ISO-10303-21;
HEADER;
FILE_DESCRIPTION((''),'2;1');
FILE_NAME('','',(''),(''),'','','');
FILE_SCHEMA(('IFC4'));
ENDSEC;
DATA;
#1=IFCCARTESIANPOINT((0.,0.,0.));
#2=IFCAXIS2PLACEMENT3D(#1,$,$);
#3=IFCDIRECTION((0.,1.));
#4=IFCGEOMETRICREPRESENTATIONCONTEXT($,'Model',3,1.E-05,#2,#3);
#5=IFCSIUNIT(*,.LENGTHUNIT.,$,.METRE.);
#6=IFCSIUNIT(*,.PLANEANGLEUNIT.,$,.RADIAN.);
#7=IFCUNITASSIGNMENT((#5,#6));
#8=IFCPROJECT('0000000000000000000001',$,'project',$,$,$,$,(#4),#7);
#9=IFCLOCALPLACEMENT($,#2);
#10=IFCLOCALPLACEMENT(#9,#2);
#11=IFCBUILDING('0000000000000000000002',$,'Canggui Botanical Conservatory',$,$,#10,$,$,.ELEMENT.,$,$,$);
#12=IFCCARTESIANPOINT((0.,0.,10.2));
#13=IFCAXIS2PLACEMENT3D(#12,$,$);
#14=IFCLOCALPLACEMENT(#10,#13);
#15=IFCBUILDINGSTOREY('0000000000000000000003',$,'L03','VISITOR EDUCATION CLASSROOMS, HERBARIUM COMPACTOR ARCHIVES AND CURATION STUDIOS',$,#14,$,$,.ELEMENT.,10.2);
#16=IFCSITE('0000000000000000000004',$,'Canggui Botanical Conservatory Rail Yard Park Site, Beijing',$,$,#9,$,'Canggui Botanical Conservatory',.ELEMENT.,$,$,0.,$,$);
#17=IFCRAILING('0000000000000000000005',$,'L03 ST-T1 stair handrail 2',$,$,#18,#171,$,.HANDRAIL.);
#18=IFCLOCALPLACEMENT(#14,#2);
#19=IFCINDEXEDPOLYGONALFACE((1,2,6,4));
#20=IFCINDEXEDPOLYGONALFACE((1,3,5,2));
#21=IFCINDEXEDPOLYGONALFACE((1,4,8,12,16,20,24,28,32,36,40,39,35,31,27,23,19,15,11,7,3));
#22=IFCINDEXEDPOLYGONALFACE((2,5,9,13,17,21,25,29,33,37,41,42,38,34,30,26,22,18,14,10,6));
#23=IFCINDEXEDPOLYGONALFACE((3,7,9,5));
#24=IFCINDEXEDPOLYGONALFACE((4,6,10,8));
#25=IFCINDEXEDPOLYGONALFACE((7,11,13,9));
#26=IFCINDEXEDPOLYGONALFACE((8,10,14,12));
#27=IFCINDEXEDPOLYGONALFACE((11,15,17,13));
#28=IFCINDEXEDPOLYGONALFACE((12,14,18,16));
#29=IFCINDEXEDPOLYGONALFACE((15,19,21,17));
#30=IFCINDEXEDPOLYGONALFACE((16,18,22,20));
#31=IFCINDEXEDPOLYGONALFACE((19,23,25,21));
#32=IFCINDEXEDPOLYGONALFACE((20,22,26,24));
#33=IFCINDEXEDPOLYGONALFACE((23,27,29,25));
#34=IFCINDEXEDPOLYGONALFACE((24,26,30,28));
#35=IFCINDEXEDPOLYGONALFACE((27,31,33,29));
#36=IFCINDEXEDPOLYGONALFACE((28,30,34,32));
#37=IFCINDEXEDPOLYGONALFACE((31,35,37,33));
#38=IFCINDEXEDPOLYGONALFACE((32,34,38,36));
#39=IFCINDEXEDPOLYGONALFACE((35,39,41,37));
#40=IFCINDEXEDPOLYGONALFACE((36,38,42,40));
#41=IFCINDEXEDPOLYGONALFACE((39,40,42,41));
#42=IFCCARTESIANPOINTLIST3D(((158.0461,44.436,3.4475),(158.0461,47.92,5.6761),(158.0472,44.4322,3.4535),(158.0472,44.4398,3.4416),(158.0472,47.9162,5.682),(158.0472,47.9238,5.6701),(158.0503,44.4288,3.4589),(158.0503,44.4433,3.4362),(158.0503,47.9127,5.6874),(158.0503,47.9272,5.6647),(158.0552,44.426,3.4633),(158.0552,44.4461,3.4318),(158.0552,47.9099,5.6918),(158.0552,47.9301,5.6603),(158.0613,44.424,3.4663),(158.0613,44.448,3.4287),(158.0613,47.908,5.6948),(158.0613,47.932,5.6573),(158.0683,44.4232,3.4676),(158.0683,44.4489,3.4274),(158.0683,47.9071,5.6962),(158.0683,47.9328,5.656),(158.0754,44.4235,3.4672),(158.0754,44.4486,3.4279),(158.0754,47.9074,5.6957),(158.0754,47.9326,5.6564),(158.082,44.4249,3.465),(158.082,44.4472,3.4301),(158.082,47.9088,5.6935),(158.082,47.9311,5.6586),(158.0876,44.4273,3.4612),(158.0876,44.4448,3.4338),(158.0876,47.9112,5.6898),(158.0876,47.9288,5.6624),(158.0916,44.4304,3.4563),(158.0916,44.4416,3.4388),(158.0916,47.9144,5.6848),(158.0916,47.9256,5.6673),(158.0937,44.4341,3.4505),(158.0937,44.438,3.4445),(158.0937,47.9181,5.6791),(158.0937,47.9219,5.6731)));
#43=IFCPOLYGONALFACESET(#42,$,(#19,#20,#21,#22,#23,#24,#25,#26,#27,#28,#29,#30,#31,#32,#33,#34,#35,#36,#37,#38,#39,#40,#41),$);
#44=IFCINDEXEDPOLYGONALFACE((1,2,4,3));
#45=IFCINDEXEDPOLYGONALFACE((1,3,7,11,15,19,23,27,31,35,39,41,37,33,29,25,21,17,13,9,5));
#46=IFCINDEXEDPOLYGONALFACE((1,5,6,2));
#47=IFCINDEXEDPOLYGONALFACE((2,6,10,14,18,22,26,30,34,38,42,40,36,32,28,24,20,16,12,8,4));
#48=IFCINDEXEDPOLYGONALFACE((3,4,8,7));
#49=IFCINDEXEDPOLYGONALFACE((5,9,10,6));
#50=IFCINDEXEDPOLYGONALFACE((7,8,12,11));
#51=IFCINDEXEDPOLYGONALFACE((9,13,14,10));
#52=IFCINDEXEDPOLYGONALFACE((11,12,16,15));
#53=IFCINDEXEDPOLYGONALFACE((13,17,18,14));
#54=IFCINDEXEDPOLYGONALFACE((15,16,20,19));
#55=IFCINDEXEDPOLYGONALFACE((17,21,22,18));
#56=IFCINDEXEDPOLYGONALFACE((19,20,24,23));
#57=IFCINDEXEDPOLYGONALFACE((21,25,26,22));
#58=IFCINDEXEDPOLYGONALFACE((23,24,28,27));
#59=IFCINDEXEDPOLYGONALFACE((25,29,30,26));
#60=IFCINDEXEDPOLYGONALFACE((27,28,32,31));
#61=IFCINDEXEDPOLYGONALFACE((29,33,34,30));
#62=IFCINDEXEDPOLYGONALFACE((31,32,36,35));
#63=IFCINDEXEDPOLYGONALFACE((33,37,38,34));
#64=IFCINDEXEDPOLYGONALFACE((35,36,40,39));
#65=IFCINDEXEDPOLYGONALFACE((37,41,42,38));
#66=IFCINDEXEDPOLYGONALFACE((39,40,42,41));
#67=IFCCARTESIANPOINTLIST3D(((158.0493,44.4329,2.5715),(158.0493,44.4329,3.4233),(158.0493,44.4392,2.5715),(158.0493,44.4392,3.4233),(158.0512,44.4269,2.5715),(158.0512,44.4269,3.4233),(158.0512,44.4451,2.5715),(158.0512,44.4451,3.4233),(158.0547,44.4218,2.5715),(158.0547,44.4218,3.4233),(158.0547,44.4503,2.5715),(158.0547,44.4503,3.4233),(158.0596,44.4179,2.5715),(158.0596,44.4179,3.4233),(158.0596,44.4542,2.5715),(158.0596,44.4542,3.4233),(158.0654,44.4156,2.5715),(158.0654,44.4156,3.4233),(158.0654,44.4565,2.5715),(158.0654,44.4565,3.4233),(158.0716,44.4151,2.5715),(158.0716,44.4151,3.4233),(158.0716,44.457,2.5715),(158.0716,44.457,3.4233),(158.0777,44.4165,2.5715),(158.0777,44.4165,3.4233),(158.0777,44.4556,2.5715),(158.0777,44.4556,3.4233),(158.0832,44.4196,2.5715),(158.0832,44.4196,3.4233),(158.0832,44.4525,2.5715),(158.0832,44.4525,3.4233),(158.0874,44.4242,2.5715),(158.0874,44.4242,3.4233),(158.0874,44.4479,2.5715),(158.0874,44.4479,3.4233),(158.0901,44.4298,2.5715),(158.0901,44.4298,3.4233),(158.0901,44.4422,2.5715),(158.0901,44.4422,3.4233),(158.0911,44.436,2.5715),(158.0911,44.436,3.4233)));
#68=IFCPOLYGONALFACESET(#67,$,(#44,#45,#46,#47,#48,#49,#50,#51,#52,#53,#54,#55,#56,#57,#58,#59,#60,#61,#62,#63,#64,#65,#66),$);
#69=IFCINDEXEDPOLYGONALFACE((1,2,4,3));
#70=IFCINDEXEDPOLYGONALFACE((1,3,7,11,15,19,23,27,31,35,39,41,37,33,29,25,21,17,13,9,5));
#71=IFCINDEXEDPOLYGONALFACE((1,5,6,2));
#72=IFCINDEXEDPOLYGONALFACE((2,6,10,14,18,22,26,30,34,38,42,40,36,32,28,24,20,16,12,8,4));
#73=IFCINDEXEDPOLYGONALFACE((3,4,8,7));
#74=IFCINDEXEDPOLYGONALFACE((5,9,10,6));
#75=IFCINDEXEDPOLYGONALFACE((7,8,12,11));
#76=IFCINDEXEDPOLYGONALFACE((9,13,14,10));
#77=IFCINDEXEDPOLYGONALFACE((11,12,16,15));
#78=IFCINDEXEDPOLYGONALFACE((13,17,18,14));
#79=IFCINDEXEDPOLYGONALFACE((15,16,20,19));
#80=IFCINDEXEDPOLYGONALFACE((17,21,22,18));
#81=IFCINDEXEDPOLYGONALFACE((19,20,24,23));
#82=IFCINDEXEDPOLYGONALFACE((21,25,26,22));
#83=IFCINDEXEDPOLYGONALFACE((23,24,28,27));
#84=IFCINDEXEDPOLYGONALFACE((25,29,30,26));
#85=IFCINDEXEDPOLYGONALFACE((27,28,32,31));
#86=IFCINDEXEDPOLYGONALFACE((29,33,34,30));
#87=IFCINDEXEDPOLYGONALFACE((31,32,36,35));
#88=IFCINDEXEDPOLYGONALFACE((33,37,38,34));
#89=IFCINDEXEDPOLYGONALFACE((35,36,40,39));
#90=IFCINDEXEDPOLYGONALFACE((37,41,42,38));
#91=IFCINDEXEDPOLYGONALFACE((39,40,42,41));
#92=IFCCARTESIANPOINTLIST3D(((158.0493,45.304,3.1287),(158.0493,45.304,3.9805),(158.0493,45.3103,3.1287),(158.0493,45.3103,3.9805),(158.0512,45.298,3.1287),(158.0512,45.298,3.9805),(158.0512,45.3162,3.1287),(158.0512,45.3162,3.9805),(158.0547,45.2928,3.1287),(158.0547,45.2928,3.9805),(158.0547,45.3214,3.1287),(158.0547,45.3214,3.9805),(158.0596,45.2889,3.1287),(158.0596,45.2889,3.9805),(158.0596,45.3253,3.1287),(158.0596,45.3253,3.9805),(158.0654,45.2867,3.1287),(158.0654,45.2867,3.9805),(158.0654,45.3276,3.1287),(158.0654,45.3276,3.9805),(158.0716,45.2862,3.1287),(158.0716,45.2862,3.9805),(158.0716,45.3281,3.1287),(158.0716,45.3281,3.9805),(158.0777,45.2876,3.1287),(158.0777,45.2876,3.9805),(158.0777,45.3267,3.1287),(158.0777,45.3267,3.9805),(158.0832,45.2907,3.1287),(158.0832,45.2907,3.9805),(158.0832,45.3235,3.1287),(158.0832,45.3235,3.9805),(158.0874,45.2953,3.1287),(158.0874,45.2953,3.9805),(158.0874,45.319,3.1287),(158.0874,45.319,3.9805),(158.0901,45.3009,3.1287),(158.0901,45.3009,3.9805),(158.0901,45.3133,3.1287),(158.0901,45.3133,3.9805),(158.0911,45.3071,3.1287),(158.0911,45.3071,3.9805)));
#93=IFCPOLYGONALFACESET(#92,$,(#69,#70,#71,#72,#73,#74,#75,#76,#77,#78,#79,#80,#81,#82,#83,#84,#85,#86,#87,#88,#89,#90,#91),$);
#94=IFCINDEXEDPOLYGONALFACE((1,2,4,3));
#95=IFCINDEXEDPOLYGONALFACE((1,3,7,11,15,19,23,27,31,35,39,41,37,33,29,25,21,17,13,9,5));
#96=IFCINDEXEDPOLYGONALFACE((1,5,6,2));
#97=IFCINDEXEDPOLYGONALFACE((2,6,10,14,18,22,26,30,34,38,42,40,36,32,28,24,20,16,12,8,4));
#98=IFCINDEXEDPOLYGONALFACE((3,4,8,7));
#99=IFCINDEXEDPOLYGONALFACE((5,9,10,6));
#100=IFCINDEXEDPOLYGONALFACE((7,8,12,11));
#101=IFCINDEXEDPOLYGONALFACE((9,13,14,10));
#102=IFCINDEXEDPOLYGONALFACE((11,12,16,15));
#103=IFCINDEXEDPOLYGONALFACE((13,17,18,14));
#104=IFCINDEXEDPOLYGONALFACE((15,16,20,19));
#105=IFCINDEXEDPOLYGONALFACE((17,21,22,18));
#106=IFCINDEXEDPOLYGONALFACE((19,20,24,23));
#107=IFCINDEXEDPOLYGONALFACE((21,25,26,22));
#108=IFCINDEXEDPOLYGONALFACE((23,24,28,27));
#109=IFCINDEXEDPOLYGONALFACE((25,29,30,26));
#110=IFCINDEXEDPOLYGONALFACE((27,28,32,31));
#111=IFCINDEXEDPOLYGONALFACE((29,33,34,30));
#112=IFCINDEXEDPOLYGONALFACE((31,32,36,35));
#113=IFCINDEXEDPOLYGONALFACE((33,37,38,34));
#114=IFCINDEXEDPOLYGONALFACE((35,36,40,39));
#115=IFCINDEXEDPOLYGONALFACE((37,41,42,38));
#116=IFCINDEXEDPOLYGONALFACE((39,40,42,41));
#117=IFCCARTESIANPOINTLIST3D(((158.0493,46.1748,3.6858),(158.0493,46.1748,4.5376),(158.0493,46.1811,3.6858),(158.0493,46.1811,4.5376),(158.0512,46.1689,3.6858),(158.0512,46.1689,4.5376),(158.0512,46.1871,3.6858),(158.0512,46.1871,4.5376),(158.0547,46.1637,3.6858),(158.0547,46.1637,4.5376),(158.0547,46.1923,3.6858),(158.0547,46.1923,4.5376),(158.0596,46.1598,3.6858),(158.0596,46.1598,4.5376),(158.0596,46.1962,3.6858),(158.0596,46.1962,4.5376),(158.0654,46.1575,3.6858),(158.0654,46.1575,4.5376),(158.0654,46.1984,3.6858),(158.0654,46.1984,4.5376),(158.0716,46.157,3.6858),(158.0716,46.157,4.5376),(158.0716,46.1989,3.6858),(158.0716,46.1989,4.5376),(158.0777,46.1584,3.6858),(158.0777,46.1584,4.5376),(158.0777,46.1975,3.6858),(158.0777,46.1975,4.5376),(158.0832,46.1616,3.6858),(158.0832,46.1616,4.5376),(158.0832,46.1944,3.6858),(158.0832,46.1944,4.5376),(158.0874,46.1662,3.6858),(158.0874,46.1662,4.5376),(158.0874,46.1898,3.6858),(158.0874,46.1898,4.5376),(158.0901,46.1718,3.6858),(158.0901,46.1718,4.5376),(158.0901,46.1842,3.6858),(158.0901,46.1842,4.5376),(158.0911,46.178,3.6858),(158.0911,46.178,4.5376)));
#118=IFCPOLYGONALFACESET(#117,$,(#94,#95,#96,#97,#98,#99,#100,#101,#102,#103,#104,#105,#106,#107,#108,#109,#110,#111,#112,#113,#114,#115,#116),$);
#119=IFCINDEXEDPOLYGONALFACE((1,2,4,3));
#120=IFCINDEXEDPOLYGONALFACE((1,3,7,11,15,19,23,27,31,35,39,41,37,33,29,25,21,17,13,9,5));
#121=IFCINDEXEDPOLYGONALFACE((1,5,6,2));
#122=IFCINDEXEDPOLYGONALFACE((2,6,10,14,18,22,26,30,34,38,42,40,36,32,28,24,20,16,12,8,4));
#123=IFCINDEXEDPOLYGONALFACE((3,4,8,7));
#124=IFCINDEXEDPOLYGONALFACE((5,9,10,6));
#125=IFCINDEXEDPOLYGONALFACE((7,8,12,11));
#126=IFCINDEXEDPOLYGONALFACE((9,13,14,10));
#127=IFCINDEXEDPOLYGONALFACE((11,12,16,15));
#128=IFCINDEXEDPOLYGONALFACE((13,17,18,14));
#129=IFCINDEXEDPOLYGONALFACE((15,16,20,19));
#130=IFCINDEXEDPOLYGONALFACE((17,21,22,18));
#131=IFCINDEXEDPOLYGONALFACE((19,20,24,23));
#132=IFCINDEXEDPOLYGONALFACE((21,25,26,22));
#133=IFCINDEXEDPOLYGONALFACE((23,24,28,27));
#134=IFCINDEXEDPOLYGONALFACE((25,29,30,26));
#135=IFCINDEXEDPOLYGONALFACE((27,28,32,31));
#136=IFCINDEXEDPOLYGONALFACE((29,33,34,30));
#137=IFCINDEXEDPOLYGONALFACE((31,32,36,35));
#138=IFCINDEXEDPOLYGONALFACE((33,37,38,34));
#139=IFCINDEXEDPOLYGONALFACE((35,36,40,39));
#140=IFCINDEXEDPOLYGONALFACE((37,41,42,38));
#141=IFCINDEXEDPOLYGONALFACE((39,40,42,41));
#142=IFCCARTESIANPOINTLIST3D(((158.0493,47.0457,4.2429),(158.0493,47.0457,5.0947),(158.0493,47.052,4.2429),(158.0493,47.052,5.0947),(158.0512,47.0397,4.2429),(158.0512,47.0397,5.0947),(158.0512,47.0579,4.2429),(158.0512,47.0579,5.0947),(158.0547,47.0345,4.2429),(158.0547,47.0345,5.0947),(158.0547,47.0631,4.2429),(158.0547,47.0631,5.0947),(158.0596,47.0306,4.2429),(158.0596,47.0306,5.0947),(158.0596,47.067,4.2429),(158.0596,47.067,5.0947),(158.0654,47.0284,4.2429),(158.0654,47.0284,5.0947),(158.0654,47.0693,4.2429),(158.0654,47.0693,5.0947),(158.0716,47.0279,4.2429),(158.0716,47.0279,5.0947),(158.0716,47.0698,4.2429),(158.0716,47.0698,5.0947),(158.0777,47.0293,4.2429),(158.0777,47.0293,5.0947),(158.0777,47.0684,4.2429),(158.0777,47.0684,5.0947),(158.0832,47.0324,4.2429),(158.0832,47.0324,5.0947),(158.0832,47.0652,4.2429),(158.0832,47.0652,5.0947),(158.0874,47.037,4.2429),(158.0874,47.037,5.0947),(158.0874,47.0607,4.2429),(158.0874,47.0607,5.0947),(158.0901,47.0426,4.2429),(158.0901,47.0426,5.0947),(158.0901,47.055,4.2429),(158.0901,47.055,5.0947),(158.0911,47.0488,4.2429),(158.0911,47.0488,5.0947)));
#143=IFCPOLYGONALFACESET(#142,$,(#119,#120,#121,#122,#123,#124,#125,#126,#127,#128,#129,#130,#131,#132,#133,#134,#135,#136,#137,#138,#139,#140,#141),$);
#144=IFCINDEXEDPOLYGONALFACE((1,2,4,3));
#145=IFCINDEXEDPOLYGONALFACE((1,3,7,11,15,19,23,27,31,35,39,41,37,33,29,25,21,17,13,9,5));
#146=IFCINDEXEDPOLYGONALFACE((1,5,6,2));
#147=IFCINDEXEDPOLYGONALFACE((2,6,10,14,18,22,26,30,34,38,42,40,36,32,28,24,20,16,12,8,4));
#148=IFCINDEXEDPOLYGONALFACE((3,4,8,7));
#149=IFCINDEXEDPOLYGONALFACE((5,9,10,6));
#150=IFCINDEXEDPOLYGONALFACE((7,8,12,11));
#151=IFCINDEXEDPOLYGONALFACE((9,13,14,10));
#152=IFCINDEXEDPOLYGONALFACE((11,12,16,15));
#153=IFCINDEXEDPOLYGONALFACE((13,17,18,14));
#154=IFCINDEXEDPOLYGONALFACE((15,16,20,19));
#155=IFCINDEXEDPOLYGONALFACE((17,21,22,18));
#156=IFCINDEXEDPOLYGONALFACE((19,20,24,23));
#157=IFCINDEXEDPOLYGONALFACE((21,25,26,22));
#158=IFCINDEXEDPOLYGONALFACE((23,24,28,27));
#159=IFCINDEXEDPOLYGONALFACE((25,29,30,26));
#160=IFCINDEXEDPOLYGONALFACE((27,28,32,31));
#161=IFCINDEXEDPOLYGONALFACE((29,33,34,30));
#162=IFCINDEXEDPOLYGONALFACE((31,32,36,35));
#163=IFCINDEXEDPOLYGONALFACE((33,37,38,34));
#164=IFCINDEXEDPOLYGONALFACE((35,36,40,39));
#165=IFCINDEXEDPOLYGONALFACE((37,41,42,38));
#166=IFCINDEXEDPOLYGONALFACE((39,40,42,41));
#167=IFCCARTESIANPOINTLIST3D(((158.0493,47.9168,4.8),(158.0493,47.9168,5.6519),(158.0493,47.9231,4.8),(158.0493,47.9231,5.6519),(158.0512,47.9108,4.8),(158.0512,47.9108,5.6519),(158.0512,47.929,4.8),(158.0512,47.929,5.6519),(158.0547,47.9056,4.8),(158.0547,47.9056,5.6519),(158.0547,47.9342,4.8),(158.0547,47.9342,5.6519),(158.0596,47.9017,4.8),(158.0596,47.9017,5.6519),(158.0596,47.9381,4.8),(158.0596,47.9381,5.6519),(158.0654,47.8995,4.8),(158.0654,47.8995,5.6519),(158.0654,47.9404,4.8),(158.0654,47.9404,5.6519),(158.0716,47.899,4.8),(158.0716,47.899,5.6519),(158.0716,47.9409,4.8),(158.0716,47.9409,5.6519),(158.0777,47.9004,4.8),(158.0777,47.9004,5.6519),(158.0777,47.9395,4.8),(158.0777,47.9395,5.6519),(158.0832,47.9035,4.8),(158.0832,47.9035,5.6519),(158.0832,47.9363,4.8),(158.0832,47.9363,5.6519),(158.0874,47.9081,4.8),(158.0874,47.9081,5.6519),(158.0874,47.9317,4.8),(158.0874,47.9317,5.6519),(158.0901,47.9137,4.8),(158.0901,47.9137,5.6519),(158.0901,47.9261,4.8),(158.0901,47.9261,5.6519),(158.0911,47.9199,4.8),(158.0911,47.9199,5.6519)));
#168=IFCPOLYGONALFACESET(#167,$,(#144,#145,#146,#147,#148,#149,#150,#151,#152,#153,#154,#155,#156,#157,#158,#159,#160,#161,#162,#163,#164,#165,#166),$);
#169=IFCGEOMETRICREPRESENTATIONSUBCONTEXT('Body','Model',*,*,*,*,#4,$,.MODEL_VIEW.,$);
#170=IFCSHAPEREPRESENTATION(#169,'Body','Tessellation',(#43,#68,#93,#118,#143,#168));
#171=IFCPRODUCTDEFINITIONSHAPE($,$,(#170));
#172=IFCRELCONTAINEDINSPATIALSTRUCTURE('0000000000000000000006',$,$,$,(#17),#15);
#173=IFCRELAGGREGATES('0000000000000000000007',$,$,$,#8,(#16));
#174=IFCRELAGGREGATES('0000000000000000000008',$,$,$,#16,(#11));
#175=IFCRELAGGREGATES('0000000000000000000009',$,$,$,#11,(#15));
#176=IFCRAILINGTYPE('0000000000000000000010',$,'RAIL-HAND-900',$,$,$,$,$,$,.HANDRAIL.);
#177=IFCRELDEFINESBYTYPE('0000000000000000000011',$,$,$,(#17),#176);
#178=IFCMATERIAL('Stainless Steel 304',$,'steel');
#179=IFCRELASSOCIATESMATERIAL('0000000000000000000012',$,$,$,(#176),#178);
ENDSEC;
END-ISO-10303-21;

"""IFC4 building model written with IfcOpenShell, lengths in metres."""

from ifc_helpers import new_model, si_unit, direction, frame, origin, origin_2d, place, context, subcontext, project, spatial, circle, extrude, material, type_object, element, save


model = new_model("IFC4")

# Units and contexts
model_context = context("Model", 3, precision=1e-05, world=origin(), true_north=direction((0.0, 1.0)))
body_context = subcontext(model_context, "Body", "Model", "MODEL_VIEW")
ifc_project = project(units=[si_unit("LENGTHUNIT", "METRE"), si_unit("PLANEANGLEUNIT", "RADIAN")], contexts=[model_context])

# Site, building, storey
site_placement = place(None, origin())
site = spatial("IfcSite", under=ifc_project, at=site_placement, Name="Canggui Botanical Conservatory Rail Yard Park Site, Beijing", LongName="Canggui Botanical Conservatory", CompositionType="ELEMENT", RefElevation=0.0)
building_placement = place(site_placement, origin())
building = spatial("IfcBuilding", under=site, at=building_placement, Name="Canggui Botanical Conservatory", CompositionType="ELEMENT")
storey_placement = place(building_placement, frame((0.0, 0.0, 10.2)))
storey = spatial("IfcBuildingStorey", under=building, at=storey_placement, Name="L03", Description="VISITOR EDUCATION CLASSROOMS, HERBARIUM COMPACTOR ARCHIVES AND CURATION STUDIOS", CompositionType="ELEMENT", Elevation=10.2)

# Shared definitions
ifc_material_1 = material(Name="Stainless Steel 304", Category="steel")

# Railing
railing_type_1 = type_object("IfcRailingType", Name="RAIL-HAND-900", PredefinedType="HANDRAIL", material=ifc_material_1)
railing_1_placement = place(storey_placement, frame((158.0701, 44.436, 2.5715)))
element("IfcRailing", 1, at=railing_1_placement, inside=storey, type_object=railing_type_1, Name="L03 ST-T1 stair handrail 2", PredefinedType="HANDRAIL", context=body_context, shape_type="SweptSolid", body=[
    extrude(circle(Radius=0.0239, at=origin_2d()), frame((0.0, 0.0, 0.876), z_axis=(0.0, 0.8424, 0.538853), x_axis=(-1.0, 0.0, 0.0)), (0.0, 0.0, 1.0), 4.1357),
    extrude(circle(Radius=0.021, at=origin_2d()), origin(), (0.0, 0.0, 1.0), 0.8518),
    extrude(circle(Radius=0.021, at=origin_2d()), frame((0.0, 0.8711, 0.5571)), (0.0, 0.0, 1.0), 0.8518),
    extrude(circle(Radius=0.021, at=origin_2d()), frame((0.0, 1.7419, 1.1143)), (0.0, 0.0, 1.0), 0.8518),
    extrude(circle(Radius=0.021, at=origin_2d()), frame((0.0, 2.6128, 1.6714)), (0.0, 0.0, 1.0), 0.8518),
    extrude(circle(Radius=0.021, at=origin_2d()), frame((0.0, 3.4839, 2.2285)), (0.0, 0.0, 1.0), 0.8518),
])

save(model, "model.ifc")
